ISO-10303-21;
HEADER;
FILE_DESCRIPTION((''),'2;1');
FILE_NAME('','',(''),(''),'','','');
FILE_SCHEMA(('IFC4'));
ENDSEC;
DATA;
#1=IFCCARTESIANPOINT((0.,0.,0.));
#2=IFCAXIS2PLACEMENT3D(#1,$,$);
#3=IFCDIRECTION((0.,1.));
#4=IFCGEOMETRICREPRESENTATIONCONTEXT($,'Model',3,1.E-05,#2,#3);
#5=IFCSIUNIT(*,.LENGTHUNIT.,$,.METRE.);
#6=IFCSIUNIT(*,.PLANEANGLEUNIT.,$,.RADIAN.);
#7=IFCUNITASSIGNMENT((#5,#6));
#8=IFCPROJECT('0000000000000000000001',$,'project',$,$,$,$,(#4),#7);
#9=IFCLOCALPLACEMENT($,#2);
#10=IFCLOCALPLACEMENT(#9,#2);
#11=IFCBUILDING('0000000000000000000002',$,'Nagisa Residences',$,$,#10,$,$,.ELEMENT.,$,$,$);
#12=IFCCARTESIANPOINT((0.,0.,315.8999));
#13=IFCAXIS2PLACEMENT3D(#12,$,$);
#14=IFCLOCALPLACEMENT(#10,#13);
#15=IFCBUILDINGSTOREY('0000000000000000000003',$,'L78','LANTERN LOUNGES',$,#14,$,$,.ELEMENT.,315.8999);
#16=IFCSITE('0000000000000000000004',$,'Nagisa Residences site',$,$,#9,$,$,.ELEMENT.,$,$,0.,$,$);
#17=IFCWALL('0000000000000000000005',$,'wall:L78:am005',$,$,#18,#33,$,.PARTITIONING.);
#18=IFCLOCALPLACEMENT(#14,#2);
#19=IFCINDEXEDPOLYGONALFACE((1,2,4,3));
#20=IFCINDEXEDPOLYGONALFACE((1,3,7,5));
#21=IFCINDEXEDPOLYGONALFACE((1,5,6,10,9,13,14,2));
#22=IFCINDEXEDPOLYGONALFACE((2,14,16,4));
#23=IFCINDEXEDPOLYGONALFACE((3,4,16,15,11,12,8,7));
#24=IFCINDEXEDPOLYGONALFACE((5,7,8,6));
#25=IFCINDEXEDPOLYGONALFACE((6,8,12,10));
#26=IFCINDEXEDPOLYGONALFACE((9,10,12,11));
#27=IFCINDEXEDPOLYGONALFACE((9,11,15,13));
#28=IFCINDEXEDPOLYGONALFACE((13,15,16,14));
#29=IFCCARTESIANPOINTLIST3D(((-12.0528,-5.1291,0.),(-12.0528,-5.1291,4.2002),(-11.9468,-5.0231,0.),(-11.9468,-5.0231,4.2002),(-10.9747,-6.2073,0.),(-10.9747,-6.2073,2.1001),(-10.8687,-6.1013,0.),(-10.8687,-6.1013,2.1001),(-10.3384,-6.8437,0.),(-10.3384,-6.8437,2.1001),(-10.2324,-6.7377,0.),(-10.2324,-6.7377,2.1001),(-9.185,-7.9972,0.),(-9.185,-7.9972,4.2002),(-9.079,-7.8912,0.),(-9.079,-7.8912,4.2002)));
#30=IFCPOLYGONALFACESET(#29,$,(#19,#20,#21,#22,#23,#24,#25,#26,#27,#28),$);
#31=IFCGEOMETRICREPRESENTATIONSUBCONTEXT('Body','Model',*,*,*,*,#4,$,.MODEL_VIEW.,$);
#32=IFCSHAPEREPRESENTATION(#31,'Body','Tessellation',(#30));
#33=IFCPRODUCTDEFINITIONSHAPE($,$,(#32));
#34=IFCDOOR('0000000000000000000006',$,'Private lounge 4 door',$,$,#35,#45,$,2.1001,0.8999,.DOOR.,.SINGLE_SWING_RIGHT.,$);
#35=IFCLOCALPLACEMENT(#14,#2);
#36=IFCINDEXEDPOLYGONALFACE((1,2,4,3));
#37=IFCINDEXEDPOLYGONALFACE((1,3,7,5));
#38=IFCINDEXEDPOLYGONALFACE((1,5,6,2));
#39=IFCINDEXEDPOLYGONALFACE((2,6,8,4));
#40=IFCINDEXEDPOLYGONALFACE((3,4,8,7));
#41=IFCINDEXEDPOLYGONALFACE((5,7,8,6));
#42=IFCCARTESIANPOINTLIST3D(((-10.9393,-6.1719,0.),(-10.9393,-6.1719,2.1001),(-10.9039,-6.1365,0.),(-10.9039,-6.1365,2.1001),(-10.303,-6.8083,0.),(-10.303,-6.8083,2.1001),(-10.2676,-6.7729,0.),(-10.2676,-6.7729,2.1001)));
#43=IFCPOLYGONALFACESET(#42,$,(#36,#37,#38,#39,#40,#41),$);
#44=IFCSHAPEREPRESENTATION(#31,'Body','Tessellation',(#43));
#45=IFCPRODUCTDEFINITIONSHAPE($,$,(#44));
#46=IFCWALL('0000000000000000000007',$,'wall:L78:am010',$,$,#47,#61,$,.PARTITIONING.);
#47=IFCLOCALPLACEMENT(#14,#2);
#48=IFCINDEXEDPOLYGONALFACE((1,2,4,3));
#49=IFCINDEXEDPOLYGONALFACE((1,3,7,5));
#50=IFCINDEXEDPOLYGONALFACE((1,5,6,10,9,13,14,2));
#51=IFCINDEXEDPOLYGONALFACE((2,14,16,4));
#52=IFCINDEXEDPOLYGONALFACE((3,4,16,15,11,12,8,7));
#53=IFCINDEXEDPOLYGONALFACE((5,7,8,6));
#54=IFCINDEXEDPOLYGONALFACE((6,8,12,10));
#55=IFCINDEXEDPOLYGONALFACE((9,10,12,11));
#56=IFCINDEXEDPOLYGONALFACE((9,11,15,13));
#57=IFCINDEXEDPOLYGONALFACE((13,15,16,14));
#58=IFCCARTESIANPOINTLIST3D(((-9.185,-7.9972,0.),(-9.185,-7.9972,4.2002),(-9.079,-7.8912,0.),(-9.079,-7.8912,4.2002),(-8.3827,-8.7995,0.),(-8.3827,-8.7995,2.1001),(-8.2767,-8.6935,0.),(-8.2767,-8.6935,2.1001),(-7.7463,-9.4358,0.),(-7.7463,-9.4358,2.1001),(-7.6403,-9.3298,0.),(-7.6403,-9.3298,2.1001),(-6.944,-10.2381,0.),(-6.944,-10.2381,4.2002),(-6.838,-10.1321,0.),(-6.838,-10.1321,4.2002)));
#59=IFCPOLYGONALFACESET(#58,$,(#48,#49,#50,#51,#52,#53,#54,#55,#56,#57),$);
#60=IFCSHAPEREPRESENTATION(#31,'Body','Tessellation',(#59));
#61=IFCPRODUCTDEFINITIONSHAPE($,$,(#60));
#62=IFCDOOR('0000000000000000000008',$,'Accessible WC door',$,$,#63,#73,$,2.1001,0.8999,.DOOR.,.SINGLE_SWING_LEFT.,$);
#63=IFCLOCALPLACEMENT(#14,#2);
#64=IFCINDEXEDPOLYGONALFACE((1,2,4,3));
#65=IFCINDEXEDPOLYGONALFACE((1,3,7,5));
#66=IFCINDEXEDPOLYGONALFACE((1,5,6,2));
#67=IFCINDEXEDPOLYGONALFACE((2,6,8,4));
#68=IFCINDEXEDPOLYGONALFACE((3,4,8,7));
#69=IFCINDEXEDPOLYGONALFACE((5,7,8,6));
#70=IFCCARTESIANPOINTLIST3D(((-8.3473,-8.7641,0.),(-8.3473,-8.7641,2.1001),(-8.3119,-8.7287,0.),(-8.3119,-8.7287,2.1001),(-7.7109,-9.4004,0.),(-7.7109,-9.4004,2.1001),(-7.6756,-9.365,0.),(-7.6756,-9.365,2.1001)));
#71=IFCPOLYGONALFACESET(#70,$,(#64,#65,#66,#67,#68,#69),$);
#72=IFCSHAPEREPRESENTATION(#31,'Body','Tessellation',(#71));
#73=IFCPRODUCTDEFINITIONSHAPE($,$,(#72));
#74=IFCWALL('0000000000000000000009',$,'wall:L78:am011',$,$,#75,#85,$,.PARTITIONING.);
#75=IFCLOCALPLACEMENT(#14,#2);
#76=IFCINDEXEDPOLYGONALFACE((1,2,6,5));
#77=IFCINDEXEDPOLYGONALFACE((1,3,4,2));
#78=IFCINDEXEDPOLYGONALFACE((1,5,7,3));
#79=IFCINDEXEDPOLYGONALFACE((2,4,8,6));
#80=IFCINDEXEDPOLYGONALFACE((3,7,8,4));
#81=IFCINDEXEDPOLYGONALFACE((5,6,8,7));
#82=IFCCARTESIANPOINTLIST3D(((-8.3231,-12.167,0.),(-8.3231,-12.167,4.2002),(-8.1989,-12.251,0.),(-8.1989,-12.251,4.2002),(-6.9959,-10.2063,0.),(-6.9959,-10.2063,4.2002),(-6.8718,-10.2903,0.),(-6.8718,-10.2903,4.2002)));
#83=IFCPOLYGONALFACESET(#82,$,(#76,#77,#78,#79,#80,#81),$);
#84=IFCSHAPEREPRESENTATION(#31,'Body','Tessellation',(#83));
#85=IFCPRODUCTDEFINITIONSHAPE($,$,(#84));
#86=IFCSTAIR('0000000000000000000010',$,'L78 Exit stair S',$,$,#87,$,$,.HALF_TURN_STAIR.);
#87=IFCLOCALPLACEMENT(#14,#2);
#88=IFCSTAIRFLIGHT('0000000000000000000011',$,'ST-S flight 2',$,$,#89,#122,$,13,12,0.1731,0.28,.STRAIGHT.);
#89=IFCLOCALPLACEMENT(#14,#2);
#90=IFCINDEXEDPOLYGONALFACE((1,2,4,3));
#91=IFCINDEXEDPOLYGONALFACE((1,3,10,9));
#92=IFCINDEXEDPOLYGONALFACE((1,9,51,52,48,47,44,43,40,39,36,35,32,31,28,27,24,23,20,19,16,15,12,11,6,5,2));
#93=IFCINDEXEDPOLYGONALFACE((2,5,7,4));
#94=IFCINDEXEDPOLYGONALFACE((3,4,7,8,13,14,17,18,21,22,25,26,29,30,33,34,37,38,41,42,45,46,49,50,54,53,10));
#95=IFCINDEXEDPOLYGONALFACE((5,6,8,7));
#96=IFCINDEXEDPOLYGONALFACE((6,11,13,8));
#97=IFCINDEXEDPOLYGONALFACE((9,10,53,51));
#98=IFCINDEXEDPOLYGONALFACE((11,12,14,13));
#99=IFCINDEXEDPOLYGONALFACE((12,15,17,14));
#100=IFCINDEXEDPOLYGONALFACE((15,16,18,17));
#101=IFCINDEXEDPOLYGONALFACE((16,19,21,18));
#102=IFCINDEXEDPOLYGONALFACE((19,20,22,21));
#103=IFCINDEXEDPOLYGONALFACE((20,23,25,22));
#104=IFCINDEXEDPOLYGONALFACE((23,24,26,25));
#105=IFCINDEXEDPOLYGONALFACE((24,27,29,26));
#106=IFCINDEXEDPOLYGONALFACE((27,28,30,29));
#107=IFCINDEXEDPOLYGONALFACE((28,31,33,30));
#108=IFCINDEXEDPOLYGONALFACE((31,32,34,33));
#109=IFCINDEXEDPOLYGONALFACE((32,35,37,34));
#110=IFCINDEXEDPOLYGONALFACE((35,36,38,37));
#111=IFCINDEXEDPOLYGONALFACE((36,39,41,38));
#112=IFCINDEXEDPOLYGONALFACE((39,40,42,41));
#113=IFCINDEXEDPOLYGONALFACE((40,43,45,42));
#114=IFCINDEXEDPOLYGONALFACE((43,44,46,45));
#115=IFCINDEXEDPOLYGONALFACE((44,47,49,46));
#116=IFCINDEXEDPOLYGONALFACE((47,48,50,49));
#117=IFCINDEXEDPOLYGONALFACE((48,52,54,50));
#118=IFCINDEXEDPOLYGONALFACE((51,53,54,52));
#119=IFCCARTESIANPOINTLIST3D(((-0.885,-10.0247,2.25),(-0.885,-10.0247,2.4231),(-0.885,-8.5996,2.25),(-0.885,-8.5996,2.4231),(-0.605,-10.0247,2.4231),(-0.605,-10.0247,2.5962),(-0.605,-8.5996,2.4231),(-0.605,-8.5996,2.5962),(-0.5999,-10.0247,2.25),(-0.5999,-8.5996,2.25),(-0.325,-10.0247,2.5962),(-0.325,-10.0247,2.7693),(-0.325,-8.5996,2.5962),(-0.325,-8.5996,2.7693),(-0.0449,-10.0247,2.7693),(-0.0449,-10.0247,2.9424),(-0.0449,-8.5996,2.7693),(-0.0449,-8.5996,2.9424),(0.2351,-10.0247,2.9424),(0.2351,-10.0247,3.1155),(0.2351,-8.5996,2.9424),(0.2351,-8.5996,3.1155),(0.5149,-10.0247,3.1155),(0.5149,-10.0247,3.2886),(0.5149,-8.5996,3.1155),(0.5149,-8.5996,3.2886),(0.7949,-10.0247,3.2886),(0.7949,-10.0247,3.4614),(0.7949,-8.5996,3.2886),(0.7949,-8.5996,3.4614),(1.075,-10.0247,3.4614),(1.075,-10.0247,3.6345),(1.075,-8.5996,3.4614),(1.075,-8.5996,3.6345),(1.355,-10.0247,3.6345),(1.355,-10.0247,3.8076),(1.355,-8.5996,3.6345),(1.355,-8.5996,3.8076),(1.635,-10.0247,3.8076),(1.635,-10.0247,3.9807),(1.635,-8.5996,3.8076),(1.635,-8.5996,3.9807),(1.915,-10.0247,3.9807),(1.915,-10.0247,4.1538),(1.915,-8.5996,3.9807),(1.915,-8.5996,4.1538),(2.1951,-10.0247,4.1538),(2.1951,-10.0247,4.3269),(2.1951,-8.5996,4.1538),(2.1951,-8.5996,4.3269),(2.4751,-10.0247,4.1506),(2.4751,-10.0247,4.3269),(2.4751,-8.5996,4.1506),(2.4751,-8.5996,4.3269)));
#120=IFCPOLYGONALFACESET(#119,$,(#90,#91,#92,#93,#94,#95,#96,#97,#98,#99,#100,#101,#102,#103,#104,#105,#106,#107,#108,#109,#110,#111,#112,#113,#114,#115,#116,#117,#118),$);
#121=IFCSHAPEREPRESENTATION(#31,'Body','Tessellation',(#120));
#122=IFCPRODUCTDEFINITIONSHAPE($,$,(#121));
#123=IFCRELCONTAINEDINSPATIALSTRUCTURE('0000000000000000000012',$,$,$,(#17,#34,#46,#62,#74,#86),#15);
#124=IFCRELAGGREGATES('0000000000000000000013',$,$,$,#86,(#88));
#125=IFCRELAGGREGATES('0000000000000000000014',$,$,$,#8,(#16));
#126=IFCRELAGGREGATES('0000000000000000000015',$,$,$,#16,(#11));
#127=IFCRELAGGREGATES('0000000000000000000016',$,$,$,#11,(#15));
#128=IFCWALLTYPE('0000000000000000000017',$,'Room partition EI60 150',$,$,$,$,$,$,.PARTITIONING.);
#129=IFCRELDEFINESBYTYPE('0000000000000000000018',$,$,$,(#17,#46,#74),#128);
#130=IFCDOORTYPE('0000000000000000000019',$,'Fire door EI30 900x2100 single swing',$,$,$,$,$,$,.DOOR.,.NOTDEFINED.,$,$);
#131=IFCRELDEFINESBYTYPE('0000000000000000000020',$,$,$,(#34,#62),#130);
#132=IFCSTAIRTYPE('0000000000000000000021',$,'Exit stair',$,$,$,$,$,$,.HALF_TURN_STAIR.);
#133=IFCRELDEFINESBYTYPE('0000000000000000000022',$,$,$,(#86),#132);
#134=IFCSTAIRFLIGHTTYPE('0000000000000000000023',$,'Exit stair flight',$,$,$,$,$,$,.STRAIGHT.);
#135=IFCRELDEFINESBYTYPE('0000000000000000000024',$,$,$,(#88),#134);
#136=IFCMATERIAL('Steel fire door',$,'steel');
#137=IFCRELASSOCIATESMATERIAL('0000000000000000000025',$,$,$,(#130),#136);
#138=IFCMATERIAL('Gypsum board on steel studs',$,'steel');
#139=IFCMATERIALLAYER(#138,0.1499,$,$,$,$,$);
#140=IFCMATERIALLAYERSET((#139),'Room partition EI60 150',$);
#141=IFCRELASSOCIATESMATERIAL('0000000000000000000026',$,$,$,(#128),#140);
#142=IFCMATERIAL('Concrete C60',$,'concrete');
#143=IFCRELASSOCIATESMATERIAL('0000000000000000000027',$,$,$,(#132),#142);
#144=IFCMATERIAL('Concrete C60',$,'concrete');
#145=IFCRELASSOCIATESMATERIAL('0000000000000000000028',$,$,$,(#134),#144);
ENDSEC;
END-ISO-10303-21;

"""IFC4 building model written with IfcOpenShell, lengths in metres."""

from ifc_helpers import new_model, si_unit, direction, frame, frame_2d, origin, place, context, subcontext, project, spatial, polyline, rectangle, outline, extrude, material, layer, layer_set, type_object, element, fill, aggregate, save


model = new_model("IFC4")

# Units and contexts
model_context = context("Model", 3, precision=1e-05, world=origin(), true_north=direction((0.0, 1.0)))
body_context = subcontext(model_context, "Body", "Model", "MODEL_VIEW")
ifc_project = project(units=[si_unit("LENGTHUNIT", "METRE"), si_unit("PLANEANGLEUNIT", "RADIAN")], contexts=[model_context])

# Site, building, storey
site_placement = place(None, origin())
site = spatial("IfcSite", under=ifc_project, at=site_placement, Name="Nagisa Residences site", CompositionType="ELEMENT", RefElevation=0.0)
building_placement = place(site_placement, origin())
building = spatial("IfcBuilding", under=site, at=building_placement, Name="Nagisa Residences", CompositionType="ELEMENT")
storey_placement = place(building_placement, frame((0.0, 0.0, 315.8999)))
storey = spatial("IfcBuildingStorey", under=building, at=storey_placement, Name="L78", Description="LANTERN LOUNGES", CompositionType="ELEMENT", Elevation=315.8999)

# Shared definitions
ifc_material_1 = material(Name="Steel fire door", Category="steel")
door_type_1 = type_object("IfcDoorType", Name="Fire door EI30 900x2100 single swing", OperationType="NOTDEFINED", PredefinedType="DOOR", material=ifc_material_1)

# Shared definitions
ifc_material_2 = material(Name="Gypsum board on steel studs", Category="steel")
ifc_layer_1 = layer(ifc_material_2, 0.1499)
ifc_layer_set_1 = layer_set([ifc_layer_1], Name="Room partition EI60 150")
wall_type_1 = type_object("IfcWallType", Name="Room partition EI60 150", PredefinedType="PARTITIONING", material=ifc_layer_set_1)

# Walls, openings, doors
wall_1_placement = place(storey_placement, frame((-9.1321, -7.9441, 0.0), z_axis=(0.0, 0.0, 1.0), x_axis=(-0.707077, 0.707137, 0.0)))
wall_1 = element("IfcWall", 1, at=wall_1_placement, inside=storey, type_object=wall_type_1, Name="wall:L78:am005", PredefinedType="PARTITIONING", context=body_context, shape_type="SweptSolid", body=[
    extrude(rectangle(XDim=4.0559, YDim=0.1499, at=frame_2d((2.0278, 0.0))), origin(), (0.0, 0.0, 1.0), 4.2002),
])
opening_1_placement = place(wall_1_placement, frame((1.6311, 0.0, 0.0)))
opening_1 = element("IfcOpeningElement", 2, at=opening_1_placement, cuts=wall_1, PredefinedType="OPENING", context=body_context, shape_type="SweptSolid", body=[
    extrude(rectangle(XDim=0.8999, YDim=2.1001, at=frame_2d((0.45, 1.05))), frame((0.0, 0.085, 0.0), z_axis=(0.0, -1.0, 0.0), x_axis=(1.0, 0.0, 0.0)), (0.0, 0.0, 1.0), 0.1699),
])
door_1_placement = place(opening_1_placement, origin())
door_1 = element("IfcDoor", 3, at=door_1_placement, inside=storey, type_object=door_type_1, Name="Private lounge 4 door", OperationType="SINGLE_SWING_RIGHT", OverallHeight=2.1001, OverallWidth=0.8999, PredefinedType="DOOR", context=body_context, shape_type="SweptSolid", body=[
    extrude(rectangle(XDim=0.8999, YDim=2.1001, at=frame_2d((0.45, 1.05))), frame((0.0, 0.0249, 0.0), z_axis=(0.0, -1.0, 0.0), x_axis=(1.0, 0.0, 0.0)), (0.0, 0.0, 1.0), 0.05),
])
fill(opening_1, door_1)
wall_2_placement = place(storey_placement, frame((-6.8911, -10.1851, 0.0), z_axis=(0.0, 0.0, 1.0), x_axis=(-0.707107, 0.707107, 0.0)))
wall_2 = element("IfcWall", 4, at=wall_2_placement, inside=storey, type_object=wall_type_1, Name="wall:L78:am010", PredefinedType="PARTITIONING", context=body_context, shape_type="SweptSolid", body=[
    extrude(rectangle(XDim=3.1692, YDim=0.1499, at=frame_2d((1.5845, 0.0))), origin(), (0.0, 0.0, 1.0), 4.2002),
])
opening_2_placement = place(wall_2_placement, frame((1.1345, 0.0, 0.0)))
opening_2 = element("IfcOpeningElement", 5, at=opening_2_placement, cuts=wall_2, PredefinedType="OPENING", context=body_context, shape_type="SweptSolid", body=[
    extrude(rectangle(XDim=0.8999, YDim=2.1001, at=frame_2d((0.45, 1.05))), frame((0.0, 0.085, 0.0), z_axis=(0.0, -1.0, 0.0), x_axis=(1.0, 0.0, 0.0)), (0.0, 0.0, 1.0), 0.1699),
])
door_2_placement = place(opening_2_placement, origin())
door_2 = element("IfcDoor", 6, at=door_2_placement, inside=storey, type_object=door_type_1, Name="Accessible WC door", OperationType="SINGLE_SWING_LEFT", OverallHeight=2.1001, OverallWidth=0.8999, PredefinedType="DOOR", context=body_context, shape_type="SweptSolid", body=[
    extrude(rectangle(XDim=0.8999, YDim=2.1001, at=frame_2d((0.45, 1.05))), frame((0.0, 0.0249, 0.0), z_axis=(0.0, -1.0, 0.0), x_axis=(1.0, 0.0, 0.0)), (0.0, 0.0, 1.0), 0.05),
])
fill(opening_2, door_2)

# Wall
wall_3_placement = place(storey_placement, frame((-6.9338, -10.2483, 0.0), z_axis=(0.0, 0.0, 1.0), x_axis=(-0.56054, -0.828127, 0.0)))
element("IfcWall", 7, at=wall_3_placement, inside=storey, type_object=wall_type_1, Name="wall:L78:am011", PredefinedType="PARTITIONING", context=body_context, shape_type="SweptSolid", body=[
    extrude(rectangle(XDim=2.3677, YDim=0.1499, at=frame_2d((1.1838, 0.0))), origin(), (0.0, 0.0, 1.0), 4.2002),
])

# Stair, stair flight
ifc_material_3 = material(Name="Concrete C60", Category="concrete")
stair_type = type_object("IfcStairType", Name="Exit stair", PredefinedType="HALF_TURN_STAIR", material=ifc_material_3)
stair_placement = place(storey_placement, origin())
stair = element("IfcStair", 8, at=stair_placement, inside=storey, type_object=stair_type, Name="L78 Exit stair S", PredefinedType="HALF_TURN_STAIR")
ifc_material_4 = material(Name="Concrete C60", Category="concrete")
stair_flight_type = type_object("IfcStairFlightType", Name="Exit stair flight", PredefinedType="STRAIGHT", material=ifc_material_4)
stair_flight_placement = place(storey_placement, frame((-0.885, -9.312, 2.25), z_axis=(0.0, 0.0, 1.0), x_axis=(1.0, 0.0, 0.0)))
stair_flight = element("IfcStairFlight", 9, at=stair_flight_placement, type_object=stair_flight_type, Name="ST-S flight 2", NumberOfRisers=13, NumberOfTreads=12, PredefinedType="STRAIGHT", RiserHeight=0.1731, TreadLength=0.28, context=body_context, shape_type="SweptSolid", body=[
    extrude(outline(polyline([(0.0, 0.0), (0.0, 0.1731), (0.28, 0.1731), (0.28, 0.3462), (0.5601, 0.3462), (0.5601, 0.5193), (0.8401, 0.5193), (0.8401, 0.6924), (1.1201, 0.6924), (1.1201, 0.8655), (1.3999, 0.8655), (1.3999, 1.0386), (1.6799, 1.0386), (1.6799, 1.2114), (1.96, 1.2114), (1.96, 1.3845), (2.24, 1.3845), (2.24, 1.5576), (2.52, 1.5576), (2.52, 1.7307), (2.8, 1.7307), (2.8, 1.9038), (3.0801, 1.9038), (3.0801, 2.0769), (3.3601, 2.0769), (3.3601, 2.25), (3.3601, 1.9006), (0.2852, 0.0), (0.0, 0.0)])), frame((0.0, 0.7124, 0.0), z_axis=(0.0, -1.0, 0.0), x_axis=(1.0, 0.0, 0.0)), (0.0, 0.0, 1.0), 1.425),
])
aggregate(stair, [stair_flight])

save(model, "model.ifc")
